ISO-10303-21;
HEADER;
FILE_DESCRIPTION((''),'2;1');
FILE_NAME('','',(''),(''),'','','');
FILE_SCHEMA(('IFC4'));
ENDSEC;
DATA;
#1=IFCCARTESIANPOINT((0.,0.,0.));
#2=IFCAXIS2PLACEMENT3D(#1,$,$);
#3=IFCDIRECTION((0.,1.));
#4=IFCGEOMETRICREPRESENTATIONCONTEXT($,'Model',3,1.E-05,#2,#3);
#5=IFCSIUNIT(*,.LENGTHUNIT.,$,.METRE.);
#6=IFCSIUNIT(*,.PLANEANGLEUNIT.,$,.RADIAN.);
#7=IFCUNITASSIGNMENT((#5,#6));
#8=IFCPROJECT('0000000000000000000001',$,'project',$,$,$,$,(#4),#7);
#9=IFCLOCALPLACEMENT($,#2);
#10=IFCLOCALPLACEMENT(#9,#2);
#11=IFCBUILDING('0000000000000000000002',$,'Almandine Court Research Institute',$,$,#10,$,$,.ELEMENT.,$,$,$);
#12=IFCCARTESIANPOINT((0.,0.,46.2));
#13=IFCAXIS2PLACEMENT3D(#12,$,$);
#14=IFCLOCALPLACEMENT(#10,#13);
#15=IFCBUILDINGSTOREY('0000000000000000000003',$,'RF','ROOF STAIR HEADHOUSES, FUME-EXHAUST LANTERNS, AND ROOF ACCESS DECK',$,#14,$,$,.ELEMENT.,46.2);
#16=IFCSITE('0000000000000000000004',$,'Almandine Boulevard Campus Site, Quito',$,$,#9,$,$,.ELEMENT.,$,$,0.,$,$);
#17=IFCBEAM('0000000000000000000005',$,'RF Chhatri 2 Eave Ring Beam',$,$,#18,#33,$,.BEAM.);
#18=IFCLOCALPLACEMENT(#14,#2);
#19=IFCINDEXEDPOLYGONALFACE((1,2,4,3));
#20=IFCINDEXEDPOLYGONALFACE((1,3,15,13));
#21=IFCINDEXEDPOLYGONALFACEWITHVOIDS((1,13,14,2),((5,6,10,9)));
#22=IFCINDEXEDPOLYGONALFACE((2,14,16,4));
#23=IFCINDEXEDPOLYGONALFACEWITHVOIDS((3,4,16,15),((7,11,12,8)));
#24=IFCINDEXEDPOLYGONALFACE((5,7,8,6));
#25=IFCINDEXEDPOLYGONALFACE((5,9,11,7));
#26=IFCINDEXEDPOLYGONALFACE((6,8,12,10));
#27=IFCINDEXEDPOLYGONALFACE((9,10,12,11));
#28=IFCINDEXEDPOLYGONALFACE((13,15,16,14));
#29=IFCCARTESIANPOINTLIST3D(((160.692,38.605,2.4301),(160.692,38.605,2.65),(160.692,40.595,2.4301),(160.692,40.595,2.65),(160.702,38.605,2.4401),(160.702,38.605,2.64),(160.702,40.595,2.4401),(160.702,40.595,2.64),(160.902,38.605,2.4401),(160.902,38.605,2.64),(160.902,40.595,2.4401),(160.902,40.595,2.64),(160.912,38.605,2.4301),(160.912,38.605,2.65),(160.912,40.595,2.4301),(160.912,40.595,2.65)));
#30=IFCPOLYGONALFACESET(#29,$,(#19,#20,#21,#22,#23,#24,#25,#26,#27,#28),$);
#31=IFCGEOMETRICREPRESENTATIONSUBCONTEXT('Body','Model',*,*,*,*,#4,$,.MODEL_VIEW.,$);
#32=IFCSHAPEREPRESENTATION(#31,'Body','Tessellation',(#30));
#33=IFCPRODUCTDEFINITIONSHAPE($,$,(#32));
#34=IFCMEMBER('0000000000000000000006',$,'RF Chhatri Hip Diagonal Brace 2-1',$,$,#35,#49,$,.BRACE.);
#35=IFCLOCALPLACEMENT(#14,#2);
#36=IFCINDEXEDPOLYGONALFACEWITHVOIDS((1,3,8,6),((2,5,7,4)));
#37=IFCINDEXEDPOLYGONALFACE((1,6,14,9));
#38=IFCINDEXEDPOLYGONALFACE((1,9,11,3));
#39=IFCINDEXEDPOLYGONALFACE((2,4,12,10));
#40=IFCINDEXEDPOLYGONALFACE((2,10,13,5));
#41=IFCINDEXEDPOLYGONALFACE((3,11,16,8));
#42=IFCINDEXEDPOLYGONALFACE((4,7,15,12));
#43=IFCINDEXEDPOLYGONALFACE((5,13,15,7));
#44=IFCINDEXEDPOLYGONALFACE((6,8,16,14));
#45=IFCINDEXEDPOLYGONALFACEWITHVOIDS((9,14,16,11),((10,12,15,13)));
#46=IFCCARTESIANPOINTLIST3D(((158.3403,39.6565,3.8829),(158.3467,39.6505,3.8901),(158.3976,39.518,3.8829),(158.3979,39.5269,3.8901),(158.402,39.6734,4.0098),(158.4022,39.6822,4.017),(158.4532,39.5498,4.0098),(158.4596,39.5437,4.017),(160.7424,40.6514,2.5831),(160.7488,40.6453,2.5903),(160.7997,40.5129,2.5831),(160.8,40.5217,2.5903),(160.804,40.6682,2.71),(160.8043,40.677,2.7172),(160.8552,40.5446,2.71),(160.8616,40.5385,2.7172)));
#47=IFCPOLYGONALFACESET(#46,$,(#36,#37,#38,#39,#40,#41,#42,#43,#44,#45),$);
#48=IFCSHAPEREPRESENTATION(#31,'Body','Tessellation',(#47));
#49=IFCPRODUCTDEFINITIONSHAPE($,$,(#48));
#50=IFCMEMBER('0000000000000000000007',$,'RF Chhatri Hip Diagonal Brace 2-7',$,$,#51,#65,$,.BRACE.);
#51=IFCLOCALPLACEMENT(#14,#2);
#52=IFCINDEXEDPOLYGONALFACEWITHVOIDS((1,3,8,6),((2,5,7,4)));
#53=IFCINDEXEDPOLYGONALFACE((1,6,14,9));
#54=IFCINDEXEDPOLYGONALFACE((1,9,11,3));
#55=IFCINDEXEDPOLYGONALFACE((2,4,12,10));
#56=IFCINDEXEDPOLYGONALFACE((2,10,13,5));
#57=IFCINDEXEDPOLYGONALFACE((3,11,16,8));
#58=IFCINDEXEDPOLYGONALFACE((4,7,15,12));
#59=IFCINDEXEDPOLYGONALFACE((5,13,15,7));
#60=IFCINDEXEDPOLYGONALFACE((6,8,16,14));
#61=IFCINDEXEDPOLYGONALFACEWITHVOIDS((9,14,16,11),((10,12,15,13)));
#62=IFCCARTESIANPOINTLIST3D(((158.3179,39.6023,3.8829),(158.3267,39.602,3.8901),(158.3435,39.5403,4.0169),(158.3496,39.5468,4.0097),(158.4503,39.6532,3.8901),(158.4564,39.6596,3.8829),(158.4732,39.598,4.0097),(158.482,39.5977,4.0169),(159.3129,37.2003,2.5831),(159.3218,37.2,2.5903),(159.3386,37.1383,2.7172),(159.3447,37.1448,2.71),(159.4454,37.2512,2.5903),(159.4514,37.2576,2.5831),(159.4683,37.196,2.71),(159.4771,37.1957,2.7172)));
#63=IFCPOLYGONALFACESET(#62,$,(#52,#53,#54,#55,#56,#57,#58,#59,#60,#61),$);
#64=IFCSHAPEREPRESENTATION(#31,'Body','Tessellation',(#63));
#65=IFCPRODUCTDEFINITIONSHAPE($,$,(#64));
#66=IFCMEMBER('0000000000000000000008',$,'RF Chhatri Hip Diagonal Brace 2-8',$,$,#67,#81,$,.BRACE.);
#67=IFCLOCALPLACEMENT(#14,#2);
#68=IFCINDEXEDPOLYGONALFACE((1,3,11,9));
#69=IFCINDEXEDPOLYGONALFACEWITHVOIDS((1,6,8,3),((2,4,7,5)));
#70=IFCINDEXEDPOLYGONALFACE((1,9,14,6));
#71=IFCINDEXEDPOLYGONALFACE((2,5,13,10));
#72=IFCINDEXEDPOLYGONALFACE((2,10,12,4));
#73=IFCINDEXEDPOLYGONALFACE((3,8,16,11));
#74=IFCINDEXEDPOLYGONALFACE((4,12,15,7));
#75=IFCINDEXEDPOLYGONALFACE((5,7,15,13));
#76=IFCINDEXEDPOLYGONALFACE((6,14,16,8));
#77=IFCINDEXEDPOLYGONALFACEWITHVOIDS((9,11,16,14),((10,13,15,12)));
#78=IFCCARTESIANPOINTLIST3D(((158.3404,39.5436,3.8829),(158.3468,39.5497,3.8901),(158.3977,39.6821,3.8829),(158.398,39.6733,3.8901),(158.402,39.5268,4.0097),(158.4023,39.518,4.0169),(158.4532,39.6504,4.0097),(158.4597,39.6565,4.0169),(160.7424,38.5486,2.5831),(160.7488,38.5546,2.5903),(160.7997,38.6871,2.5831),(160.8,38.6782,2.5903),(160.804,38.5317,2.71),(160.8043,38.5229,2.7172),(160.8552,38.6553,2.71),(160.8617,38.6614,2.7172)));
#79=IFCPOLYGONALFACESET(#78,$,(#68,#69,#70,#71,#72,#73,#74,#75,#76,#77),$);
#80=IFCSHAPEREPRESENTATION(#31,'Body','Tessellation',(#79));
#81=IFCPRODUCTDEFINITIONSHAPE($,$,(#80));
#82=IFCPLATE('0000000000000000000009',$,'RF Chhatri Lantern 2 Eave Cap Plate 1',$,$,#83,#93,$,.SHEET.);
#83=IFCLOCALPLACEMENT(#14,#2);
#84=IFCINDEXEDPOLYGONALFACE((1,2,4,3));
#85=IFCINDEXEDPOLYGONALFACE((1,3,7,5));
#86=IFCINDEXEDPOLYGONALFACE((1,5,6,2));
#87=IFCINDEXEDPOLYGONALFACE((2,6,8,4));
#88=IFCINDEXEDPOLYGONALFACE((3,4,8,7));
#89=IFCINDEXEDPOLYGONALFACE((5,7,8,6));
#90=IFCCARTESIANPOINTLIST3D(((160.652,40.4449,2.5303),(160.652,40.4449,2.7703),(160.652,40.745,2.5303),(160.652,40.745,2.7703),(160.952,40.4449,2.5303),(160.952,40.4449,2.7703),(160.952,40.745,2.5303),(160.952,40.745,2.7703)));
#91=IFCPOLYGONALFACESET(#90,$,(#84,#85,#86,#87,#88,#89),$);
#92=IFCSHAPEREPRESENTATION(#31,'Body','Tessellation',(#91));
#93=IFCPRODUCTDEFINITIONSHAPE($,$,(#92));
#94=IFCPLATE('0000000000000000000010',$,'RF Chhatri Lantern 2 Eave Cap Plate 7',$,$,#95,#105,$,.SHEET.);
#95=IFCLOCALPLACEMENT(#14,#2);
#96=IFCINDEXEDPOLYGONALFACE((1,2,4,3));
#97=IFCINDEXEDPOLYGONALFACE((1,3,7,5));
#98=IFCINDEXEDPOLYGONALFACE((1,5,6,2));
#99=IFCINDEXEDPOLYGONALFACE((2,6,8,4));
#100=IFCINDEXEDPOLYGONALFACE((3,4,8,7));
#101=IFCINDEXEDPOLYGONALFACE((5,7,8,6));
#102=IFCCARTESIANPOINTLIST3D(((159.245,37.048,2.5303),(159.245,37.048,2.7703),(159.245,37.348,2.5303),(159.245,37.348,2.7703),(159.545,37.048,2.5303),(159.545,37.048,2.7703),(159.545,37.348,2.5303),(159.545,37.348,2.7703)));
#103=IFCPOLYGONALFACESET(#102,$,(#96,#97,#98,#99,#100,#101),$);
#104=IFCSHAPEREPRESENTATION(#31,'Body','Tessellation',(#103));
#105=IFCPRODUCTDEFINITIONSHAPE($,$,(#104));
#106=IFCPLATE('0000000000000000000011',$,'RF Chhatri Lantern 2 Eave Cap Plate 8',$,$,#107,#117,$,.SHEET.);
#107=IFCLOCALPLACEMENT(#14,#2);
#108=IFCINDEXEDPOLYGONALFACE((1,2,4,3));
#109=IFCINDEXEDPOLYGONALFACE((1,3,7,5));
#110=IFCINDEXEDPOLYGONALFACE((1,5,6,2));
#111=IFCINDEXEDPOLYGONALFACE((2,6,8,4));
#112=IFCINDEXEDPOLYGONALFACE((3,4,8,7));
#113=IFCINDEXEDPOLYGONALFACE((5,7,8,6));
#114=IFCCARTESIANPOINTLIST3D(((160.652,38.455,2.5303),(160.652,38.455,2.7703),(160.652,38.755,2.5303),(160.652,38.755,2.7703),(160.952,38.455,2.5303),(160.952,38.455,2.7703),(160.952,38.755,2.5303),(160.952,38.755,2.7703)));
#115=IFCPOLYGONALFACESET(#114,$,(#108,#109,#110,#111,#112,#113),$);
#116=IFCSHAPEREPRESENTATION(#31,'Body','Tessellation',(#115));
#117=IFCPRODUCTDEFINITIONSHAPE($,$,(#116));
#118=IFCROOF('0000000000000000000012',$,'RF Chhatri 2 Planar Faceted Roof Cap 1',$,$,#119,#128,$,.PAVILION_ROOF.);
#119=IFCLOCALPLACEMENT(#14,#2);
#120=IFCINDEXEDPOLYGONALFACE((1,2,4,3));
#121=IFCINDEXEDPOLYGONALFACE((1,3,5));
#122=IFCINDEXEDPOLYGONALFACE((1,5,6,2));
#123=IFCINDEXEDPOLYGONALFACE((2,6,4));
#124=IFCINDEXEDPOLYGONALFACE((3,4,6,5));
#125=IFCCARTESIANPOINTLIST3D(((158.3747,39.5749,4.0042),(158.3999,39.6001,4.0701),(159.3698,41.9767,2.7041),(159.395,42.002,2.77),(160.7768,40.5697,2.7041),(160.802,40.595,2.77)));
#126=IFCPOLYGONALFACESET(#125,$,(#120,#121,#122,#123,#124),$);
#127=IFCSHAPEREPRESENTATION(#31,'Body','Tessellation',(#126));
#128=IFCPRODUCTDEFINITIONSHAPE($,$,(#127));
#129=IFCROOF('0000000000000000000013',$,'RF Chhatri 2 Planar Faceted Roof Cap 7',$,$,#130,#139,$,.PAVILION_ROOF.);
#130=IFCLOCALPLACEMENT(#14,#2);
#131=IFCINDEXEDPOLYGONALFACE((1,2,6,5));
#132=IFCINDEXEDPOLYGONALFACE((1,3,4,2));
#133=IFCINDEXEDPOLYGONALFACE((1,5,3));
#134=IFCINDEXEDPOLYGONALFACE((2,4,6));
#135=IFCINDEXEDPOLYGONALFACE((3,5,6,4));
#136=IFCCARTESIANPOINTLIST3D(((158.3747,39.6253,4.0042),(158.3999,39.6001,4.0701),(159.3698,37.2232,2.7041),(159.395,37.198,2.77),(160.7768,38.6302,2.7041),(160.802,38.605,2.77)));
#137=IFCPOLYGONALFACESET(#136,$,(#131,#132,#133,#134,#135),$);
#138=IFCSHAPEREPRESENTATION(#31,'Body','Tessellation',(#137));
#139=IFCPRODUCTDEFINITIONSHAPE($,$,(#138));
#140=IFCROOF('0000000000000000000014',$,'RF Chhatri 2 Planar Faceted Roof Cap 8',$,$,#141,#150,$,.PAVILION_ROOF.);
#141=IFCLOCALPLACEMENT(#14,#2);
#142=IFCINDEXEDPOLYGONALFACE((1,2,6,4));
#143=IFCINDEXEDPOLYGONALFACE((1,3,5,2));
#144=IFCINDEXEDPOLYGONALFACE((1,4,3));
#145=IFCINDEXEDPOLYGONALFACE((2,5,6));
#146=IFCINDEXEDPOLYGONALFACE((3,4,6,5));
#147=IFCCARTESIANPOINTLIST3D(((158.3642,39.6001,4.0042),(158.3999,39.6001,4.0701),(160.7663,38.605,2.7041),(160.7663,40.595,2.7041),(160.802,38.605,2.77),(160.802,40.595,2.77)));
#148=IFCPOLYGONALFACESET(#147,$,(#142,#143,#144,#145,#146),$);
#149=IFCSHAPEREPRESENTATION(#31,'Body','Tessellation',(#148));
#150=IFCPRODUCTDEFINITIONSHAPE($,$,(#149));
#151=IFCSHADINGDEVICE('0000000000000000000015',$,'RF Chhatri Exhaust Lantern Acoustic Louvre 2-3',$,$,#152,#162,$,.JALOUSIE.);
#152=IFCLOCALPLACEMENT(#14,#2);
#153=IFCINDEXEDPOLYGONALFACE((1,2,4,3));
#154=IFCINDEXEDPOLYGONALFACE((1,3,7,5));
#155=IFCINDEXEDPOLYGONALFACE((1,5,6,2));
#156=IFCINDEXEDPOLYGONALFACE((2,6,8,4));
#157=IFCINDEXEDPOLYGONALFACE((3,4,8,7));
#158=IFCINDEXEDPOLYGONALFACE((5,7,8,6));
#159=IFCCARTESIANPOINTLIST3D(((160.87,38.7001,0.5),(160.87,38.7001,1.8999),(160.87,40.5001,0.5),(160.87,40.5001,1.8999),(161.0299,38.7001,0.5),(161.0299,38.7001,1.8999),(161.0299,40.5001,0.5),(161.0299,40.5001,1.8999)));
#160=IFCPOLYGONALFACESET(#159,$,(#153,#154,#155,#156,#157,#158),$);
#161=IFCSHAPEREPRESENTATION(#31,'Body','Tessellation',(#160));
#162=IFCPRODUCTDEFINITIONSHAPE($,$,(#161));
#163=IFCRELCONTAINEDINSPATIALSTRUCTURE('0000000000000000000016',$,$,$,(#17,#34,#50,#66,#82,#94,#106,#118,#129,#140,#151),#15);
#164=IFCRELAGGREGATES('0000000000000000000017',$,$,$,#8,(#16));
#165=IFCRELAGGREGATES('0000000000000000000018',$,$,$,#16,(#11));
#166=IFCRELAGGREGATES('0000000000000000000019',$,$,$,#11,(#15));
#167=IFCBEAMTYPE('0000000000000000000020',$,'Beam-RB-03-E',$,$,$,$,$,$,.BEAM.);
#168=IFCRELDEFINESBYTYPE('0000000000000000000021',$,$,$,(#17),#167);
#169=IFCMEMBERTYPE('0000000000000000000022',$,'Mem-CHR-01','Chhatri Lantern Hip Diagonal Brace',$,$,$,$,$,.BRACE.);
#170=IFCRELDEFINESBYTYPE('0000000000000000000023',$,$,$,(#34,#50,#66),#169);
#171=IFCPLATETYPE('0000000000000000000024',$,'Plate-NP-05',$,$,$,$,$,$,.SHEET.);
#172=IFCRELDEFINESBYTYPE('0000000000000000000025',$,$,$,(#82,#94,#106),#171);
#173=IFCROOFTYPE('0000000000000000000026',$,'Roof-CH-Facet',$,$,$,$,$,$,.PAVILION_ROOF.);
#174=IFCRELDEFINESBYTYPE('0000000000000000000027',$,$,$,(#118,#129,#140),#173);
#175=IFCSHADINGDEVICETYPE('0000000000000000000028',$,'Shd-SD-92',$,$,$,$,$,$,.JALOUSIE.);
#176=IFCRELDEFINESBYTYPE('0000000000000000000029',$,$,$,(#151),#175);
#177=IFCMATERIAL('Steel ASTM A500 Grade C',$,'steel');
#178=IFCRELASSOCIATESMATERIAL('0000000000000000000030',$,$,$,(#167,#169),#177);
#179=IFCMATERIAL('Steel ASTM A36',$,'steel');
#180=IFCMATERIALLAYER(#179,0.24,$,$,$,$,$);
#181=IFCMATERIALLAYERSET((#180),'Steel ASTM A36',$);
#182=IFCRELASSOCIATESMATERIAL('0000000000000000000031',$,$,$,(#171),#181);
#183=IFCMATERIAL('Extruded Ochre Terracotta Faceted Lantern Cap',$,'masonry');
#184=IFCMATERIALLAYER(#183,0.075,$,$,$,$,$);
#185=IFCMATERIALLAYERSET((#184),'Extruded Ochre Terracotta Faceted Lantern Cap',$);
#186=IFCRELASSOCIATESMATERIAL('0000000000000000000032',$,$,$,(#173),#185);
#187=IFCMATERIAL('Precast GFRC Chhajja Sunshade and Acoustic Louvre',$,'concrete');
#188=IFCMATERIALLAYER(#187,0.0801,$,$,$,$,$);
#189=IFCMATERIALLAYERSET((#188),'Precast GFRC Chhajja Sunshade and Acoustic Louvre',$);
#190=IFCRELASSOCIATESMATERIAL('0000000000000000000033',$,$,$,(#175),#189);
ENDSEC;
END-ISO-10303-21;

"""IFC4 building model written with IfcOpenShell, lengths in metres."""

from ifc_helpers import new_model, si_unit, direction, frame, origin, origin_2d, place, context, subcontext, project, spatial, polyline, rectangle, hollow_rectangle, outline, extrude, material, layer, layer_set, material_profile, profile_set, type_object, element, save


model = new_model("IFC4")

# Units and contexts
model_context = context("Model", 3, precision=1e-05, world=origin(), true_north=direction((0.0, 1.0)))
body_context = subcontext(model_context, "Body", "Model", "MODEL_VIEW")
ifc_project = project(units=[si_unit("LENGTHUNIT", "METRE"), si_unit("PLANEANGLEUNIT", "RADIAN")], contexts=[model_context])

# Site, building, storey
site_placement = place(None, origin())
site = spatial("IfcSite", under=ifc_project, at=site_placement, Name="Almandine Boulevard Campus Site, Quito", CompositionType="ELEMENT", RefElevation=0.0)
building_placement = place(site_placement, origin())
building = spatial("IfcBuilding", under=site, at=building_placement, Name="Almandine Court Research Institute", CompositionType="ELEMENT")
storey_placement = place(building_placement, frame((0.0, 0.0, 46.2)))
storey = spatial("IfcBuildingStorey", under=building, at=storey_placement, Name="RF", Description="ROOF STAIR HEADHOUSES, FUME-EXHAUST LANTERNS, AND ROOF ACCESS DECK", CompositionType="ELEMENT", Elevation=46.2)

# Shared definitions
ifc_material_1 = material(Name="Steel ASTM A500 Grade C", Category="steel")

# Beam
ifc_material_profile_1 = material_profile(ifc_material_1, hollow_rectangle(XDim=0.22, YDim=0.22, WallThickness=0.01, at=origin_2d()), Name="HSS 220x220x10")
ifc_profile_set_1 = profile_set([ifc_material_profile_1], Name="Steel ASTM A500 Grade C")
beam_type_1 = type_object("IfcBeamType", Name="Beam-RB-03-E", PredefinedType="BEAM", material=ifc_profile_set_1)
beam_1_placement = place(storey_placement, frame((160.802, 38.605, 2.54), z_axis=(0.0, 1.0, 0.0), x_axis=(-1.0, 0.0, 0.0)))
element("IfcBeam", 1, at=beam_1_placement, inside=storey, type_object=beam_type_1, Name="RF Chhatri 2 Eave Ring Beam", PredefinedType="BEAM", context=body_context, shape_type="SweptSolid", body=[
    extrude(hollow_rectangle(XDim=0.22, YDim=0.22, WallThickness=0.01, at=origin_2d()), origin(), (0.0, 0.0, 1.0), 1.99),
])

# Members
ifc_material_profile_2 = material_profile(ifc_material_1, hollow_rectangle(XDim=0.1499, YDim=0.1499, WallThickness=0.0081, at=origin_2d()), Name="HSS 150x150x8")
ifc_profile_set_2 = profile_set([ifc_material_profile_2], Name="Steel ASTM A500 Grade C")
member_type = type_object("IfcMemberType", Name="Mem-CHR-01", Description="Chhatri Lantern Hip Diagonal Brace", PredefinedType="BRACE", material=ifc_profile_set_2)
for number, where, z_axis, x_axis, name in (
    (2, (160.802, 40.595, 2.6501), (-0.826379, -0.34226, 0.447164), (0.382648, -0.923894, 0.0), "RF Chhatri Hip Diagonal Brace 2-1"),
    (3, (159.395, 37.198, 2.6501), (-0.342334, 0.826356, 0.447151), (-0.923861, -0.382728, 0.0), "RF Chhatri Hip Diagonal Brace 2-7"),
    (4, (160.802, 38.605, 2.6501), (-0.826356, 0.342334, 0.447151), (-0.382728, -0.923861, 0.0), "RF Chhatri Hip Diagonal Brace 2-8"),
):
    element("IfcMember", number, at=place(storey_placement, frame(where, z_axis=z_axis, x_axis=x_axis)), inside=storey, type_object=member_type, Name=name, PredefinedType="BRACE", context=body_context, shape_type="SweptSolid", body=[
        extrude(hollow_rectangle(XDim=0.1499, YDim=0.1499, WallThickness=0.0081, at=origin_2d()), origin(), (0.0, 0.0, 1.0), 2.9067),
    ])

# Plates
ifc_material_2 = material(Name="Steel ASTM A36", Category="steel")
ifc_layer_1 = layer(ifc_material_2, 0.24)
ifc_layer_set_1 = layer_set([ifc_layer_1], Name="Steel ASTM A36")
plate_type = type_object("IfcPlateType", Name="Plate-NP-05", PredefinedType="SHEET", material=ifc_layer_set_1)
for number, where, z_axis, x_axis, name in (
    (5, (160.802, 40.595, 2.5303), (0.0, 0.0, 1.0), (1.0, 0.0, 0.0), "RF Chhatri Lantern 2 Eave Cap Plate 1"),
    (6, (159.395, 37.198, 2.5303), (0.0, 0.0, 1.0), (1.0, 0.0, 0.0), "RF Chhatri Lantern 2 Eave Cap Plate 7"),
    (7, (160.802, 38.605, 2.5303), (0.0, 0.0, 1.0), (1.0, 0.0, 0.0), "RF Chhatri Lantern 2 Eave Cap Plate 8"),
):
    element("IfcPlate", number, at=place(storey_placement, frame(where, z_axis=z_axis, x_axis=x_axis)), inside=storey, type_object=plate_type, Name=name, PredefinedType="SHEET", context=body_context, shape_type="SweptSolid", body=[
        extrude(rectangle(XDim=0.3, YDim=0.3, at=origin_2d()), origin(), (0.0, 0.0, 1.0), 0.24),
    ])

# Roofs
ifc_material_3 = material(Name="Extruded Ochre Terracotta Faceted Lantern Cap", Category="masonry")
ifc_layer_2 = layer(ifc_material_3, 0.075)
ifc_layer_set_2 = layer_set([ifc_layer_2], Name="Extruded Ochre Terracotta Faceted Lantern Cap")
roof_type = type_object("IfcRoofType", Name="Roof-CH-Facet", PredefinedType="PAVILION_ROOF", material=ifc_layer_set_2)
roof_1_placement = place(storey_placement, frame((160.802, 40.595, 2.77), z_axis=(0.336574, 0.336574, 0.879452), x_axis=(-0.707107, 0.707107, 0.0)))
element("IfcRoof", 8, at=roof_1_placement, inside=storey, type_object=roof_type, Name="RF Chhatri 2 Planar Faceted Roof Cap 1", PredefinedType="PAVILION_ROOF", context=body_context, shape_type="SweptSolid", body=[
    extrude(outline(polyline([(0.0, 0.0), (1.9898, 0.0), (0.9951, 2.7313), (0.0, 0.0)])), origin(), (0.0, 0.0, -1.0), 0.075),
])
roof_2_placement = place(storey_placement, frame((159.395, 37.198, 2.77), z_axis=(0.336555, -0.336555, 0.879467), x_axis=(0.707107, 0.707107, 0.0)))
element("IfcRoof", 9, at=roof_2_placement, inside=storey, type_object=roof_type, Name="RF Chhatri 2 Planar Faceted Roof Cap 7", PredefinedType="PAVILION_ROOF", context=body_context, shape_type="SweptSolid", body=[
    extrude(outline(polyline([(0.0, 0.0), (1.9898, 0.0), (0.9949, 2.7314), (0.0, 0.0)])), origin(), (0.0, 0.0, -1.0), 0.075),
])
roof_3_placement = place(storey_placement, frame((160.802, 38.605, 2.77), z_axis=(0.475975, 0.0, 0.879459), x_axis=(0.0, 1.0, 0.0)))
element("IfcRoof", 10, at=roof_3_placement, inside=storey, type_object=roof_type, Name="RF Chhatri 2 Planar Faceted Roof Cap 8", PredefinedType="PAVILION_ROOF", context=body_context, shape_type="SweptSolid", body=[
    extrude(outline(polyline([(0.0, 0.0), (1.99, 0.0), (0.9951, 2.7313), (0.0, 0.0)])), origin(), (0.0, 0.0, -1.0), 0.075),
])

# Shading device
ifc_material_4 = material(Name="Precast GFRC Chhajja Sunshade and Acoustic Louvre", Category="concrete")
ifc_layer_3 = layer(ifc_material_4, 0.0801)
ifc_layer_set_3 = layer_set([ifc_layer_3], Name="Precast GFRC Chhajja Sunshade and Acoustic Louvre")
shading_device_type = type_object("IfcShadingDeviceType", Name="Shd-SD-92", PredefinedType="JALOUSIE", material=ifc_layer_set_3)
shading_device_placement = place(storey_placement, frame((160.95, 39.6001, 0.5), z_axis=(0.0, 0.0, 1.0), x_axis=(0.0, 1.0, 0.0)))
element("IfcShadingDevice", 11, at=shading_device_placement, inside=storey, type_object=shading_device_type, Name="RF Chhatri Exhaust Lantern Acoustic Louvre 2-3", PredefinedType="JALOUSIE", context=body_context, shape_type="SweptSolid", body=[
    extrude(rectangle(XDim=1.8, YDim=0.1599, at=origin_2d()), origin(), (0.0, 0.0, 1.0), 1.3999),
])

save(model, "model.ifc")
